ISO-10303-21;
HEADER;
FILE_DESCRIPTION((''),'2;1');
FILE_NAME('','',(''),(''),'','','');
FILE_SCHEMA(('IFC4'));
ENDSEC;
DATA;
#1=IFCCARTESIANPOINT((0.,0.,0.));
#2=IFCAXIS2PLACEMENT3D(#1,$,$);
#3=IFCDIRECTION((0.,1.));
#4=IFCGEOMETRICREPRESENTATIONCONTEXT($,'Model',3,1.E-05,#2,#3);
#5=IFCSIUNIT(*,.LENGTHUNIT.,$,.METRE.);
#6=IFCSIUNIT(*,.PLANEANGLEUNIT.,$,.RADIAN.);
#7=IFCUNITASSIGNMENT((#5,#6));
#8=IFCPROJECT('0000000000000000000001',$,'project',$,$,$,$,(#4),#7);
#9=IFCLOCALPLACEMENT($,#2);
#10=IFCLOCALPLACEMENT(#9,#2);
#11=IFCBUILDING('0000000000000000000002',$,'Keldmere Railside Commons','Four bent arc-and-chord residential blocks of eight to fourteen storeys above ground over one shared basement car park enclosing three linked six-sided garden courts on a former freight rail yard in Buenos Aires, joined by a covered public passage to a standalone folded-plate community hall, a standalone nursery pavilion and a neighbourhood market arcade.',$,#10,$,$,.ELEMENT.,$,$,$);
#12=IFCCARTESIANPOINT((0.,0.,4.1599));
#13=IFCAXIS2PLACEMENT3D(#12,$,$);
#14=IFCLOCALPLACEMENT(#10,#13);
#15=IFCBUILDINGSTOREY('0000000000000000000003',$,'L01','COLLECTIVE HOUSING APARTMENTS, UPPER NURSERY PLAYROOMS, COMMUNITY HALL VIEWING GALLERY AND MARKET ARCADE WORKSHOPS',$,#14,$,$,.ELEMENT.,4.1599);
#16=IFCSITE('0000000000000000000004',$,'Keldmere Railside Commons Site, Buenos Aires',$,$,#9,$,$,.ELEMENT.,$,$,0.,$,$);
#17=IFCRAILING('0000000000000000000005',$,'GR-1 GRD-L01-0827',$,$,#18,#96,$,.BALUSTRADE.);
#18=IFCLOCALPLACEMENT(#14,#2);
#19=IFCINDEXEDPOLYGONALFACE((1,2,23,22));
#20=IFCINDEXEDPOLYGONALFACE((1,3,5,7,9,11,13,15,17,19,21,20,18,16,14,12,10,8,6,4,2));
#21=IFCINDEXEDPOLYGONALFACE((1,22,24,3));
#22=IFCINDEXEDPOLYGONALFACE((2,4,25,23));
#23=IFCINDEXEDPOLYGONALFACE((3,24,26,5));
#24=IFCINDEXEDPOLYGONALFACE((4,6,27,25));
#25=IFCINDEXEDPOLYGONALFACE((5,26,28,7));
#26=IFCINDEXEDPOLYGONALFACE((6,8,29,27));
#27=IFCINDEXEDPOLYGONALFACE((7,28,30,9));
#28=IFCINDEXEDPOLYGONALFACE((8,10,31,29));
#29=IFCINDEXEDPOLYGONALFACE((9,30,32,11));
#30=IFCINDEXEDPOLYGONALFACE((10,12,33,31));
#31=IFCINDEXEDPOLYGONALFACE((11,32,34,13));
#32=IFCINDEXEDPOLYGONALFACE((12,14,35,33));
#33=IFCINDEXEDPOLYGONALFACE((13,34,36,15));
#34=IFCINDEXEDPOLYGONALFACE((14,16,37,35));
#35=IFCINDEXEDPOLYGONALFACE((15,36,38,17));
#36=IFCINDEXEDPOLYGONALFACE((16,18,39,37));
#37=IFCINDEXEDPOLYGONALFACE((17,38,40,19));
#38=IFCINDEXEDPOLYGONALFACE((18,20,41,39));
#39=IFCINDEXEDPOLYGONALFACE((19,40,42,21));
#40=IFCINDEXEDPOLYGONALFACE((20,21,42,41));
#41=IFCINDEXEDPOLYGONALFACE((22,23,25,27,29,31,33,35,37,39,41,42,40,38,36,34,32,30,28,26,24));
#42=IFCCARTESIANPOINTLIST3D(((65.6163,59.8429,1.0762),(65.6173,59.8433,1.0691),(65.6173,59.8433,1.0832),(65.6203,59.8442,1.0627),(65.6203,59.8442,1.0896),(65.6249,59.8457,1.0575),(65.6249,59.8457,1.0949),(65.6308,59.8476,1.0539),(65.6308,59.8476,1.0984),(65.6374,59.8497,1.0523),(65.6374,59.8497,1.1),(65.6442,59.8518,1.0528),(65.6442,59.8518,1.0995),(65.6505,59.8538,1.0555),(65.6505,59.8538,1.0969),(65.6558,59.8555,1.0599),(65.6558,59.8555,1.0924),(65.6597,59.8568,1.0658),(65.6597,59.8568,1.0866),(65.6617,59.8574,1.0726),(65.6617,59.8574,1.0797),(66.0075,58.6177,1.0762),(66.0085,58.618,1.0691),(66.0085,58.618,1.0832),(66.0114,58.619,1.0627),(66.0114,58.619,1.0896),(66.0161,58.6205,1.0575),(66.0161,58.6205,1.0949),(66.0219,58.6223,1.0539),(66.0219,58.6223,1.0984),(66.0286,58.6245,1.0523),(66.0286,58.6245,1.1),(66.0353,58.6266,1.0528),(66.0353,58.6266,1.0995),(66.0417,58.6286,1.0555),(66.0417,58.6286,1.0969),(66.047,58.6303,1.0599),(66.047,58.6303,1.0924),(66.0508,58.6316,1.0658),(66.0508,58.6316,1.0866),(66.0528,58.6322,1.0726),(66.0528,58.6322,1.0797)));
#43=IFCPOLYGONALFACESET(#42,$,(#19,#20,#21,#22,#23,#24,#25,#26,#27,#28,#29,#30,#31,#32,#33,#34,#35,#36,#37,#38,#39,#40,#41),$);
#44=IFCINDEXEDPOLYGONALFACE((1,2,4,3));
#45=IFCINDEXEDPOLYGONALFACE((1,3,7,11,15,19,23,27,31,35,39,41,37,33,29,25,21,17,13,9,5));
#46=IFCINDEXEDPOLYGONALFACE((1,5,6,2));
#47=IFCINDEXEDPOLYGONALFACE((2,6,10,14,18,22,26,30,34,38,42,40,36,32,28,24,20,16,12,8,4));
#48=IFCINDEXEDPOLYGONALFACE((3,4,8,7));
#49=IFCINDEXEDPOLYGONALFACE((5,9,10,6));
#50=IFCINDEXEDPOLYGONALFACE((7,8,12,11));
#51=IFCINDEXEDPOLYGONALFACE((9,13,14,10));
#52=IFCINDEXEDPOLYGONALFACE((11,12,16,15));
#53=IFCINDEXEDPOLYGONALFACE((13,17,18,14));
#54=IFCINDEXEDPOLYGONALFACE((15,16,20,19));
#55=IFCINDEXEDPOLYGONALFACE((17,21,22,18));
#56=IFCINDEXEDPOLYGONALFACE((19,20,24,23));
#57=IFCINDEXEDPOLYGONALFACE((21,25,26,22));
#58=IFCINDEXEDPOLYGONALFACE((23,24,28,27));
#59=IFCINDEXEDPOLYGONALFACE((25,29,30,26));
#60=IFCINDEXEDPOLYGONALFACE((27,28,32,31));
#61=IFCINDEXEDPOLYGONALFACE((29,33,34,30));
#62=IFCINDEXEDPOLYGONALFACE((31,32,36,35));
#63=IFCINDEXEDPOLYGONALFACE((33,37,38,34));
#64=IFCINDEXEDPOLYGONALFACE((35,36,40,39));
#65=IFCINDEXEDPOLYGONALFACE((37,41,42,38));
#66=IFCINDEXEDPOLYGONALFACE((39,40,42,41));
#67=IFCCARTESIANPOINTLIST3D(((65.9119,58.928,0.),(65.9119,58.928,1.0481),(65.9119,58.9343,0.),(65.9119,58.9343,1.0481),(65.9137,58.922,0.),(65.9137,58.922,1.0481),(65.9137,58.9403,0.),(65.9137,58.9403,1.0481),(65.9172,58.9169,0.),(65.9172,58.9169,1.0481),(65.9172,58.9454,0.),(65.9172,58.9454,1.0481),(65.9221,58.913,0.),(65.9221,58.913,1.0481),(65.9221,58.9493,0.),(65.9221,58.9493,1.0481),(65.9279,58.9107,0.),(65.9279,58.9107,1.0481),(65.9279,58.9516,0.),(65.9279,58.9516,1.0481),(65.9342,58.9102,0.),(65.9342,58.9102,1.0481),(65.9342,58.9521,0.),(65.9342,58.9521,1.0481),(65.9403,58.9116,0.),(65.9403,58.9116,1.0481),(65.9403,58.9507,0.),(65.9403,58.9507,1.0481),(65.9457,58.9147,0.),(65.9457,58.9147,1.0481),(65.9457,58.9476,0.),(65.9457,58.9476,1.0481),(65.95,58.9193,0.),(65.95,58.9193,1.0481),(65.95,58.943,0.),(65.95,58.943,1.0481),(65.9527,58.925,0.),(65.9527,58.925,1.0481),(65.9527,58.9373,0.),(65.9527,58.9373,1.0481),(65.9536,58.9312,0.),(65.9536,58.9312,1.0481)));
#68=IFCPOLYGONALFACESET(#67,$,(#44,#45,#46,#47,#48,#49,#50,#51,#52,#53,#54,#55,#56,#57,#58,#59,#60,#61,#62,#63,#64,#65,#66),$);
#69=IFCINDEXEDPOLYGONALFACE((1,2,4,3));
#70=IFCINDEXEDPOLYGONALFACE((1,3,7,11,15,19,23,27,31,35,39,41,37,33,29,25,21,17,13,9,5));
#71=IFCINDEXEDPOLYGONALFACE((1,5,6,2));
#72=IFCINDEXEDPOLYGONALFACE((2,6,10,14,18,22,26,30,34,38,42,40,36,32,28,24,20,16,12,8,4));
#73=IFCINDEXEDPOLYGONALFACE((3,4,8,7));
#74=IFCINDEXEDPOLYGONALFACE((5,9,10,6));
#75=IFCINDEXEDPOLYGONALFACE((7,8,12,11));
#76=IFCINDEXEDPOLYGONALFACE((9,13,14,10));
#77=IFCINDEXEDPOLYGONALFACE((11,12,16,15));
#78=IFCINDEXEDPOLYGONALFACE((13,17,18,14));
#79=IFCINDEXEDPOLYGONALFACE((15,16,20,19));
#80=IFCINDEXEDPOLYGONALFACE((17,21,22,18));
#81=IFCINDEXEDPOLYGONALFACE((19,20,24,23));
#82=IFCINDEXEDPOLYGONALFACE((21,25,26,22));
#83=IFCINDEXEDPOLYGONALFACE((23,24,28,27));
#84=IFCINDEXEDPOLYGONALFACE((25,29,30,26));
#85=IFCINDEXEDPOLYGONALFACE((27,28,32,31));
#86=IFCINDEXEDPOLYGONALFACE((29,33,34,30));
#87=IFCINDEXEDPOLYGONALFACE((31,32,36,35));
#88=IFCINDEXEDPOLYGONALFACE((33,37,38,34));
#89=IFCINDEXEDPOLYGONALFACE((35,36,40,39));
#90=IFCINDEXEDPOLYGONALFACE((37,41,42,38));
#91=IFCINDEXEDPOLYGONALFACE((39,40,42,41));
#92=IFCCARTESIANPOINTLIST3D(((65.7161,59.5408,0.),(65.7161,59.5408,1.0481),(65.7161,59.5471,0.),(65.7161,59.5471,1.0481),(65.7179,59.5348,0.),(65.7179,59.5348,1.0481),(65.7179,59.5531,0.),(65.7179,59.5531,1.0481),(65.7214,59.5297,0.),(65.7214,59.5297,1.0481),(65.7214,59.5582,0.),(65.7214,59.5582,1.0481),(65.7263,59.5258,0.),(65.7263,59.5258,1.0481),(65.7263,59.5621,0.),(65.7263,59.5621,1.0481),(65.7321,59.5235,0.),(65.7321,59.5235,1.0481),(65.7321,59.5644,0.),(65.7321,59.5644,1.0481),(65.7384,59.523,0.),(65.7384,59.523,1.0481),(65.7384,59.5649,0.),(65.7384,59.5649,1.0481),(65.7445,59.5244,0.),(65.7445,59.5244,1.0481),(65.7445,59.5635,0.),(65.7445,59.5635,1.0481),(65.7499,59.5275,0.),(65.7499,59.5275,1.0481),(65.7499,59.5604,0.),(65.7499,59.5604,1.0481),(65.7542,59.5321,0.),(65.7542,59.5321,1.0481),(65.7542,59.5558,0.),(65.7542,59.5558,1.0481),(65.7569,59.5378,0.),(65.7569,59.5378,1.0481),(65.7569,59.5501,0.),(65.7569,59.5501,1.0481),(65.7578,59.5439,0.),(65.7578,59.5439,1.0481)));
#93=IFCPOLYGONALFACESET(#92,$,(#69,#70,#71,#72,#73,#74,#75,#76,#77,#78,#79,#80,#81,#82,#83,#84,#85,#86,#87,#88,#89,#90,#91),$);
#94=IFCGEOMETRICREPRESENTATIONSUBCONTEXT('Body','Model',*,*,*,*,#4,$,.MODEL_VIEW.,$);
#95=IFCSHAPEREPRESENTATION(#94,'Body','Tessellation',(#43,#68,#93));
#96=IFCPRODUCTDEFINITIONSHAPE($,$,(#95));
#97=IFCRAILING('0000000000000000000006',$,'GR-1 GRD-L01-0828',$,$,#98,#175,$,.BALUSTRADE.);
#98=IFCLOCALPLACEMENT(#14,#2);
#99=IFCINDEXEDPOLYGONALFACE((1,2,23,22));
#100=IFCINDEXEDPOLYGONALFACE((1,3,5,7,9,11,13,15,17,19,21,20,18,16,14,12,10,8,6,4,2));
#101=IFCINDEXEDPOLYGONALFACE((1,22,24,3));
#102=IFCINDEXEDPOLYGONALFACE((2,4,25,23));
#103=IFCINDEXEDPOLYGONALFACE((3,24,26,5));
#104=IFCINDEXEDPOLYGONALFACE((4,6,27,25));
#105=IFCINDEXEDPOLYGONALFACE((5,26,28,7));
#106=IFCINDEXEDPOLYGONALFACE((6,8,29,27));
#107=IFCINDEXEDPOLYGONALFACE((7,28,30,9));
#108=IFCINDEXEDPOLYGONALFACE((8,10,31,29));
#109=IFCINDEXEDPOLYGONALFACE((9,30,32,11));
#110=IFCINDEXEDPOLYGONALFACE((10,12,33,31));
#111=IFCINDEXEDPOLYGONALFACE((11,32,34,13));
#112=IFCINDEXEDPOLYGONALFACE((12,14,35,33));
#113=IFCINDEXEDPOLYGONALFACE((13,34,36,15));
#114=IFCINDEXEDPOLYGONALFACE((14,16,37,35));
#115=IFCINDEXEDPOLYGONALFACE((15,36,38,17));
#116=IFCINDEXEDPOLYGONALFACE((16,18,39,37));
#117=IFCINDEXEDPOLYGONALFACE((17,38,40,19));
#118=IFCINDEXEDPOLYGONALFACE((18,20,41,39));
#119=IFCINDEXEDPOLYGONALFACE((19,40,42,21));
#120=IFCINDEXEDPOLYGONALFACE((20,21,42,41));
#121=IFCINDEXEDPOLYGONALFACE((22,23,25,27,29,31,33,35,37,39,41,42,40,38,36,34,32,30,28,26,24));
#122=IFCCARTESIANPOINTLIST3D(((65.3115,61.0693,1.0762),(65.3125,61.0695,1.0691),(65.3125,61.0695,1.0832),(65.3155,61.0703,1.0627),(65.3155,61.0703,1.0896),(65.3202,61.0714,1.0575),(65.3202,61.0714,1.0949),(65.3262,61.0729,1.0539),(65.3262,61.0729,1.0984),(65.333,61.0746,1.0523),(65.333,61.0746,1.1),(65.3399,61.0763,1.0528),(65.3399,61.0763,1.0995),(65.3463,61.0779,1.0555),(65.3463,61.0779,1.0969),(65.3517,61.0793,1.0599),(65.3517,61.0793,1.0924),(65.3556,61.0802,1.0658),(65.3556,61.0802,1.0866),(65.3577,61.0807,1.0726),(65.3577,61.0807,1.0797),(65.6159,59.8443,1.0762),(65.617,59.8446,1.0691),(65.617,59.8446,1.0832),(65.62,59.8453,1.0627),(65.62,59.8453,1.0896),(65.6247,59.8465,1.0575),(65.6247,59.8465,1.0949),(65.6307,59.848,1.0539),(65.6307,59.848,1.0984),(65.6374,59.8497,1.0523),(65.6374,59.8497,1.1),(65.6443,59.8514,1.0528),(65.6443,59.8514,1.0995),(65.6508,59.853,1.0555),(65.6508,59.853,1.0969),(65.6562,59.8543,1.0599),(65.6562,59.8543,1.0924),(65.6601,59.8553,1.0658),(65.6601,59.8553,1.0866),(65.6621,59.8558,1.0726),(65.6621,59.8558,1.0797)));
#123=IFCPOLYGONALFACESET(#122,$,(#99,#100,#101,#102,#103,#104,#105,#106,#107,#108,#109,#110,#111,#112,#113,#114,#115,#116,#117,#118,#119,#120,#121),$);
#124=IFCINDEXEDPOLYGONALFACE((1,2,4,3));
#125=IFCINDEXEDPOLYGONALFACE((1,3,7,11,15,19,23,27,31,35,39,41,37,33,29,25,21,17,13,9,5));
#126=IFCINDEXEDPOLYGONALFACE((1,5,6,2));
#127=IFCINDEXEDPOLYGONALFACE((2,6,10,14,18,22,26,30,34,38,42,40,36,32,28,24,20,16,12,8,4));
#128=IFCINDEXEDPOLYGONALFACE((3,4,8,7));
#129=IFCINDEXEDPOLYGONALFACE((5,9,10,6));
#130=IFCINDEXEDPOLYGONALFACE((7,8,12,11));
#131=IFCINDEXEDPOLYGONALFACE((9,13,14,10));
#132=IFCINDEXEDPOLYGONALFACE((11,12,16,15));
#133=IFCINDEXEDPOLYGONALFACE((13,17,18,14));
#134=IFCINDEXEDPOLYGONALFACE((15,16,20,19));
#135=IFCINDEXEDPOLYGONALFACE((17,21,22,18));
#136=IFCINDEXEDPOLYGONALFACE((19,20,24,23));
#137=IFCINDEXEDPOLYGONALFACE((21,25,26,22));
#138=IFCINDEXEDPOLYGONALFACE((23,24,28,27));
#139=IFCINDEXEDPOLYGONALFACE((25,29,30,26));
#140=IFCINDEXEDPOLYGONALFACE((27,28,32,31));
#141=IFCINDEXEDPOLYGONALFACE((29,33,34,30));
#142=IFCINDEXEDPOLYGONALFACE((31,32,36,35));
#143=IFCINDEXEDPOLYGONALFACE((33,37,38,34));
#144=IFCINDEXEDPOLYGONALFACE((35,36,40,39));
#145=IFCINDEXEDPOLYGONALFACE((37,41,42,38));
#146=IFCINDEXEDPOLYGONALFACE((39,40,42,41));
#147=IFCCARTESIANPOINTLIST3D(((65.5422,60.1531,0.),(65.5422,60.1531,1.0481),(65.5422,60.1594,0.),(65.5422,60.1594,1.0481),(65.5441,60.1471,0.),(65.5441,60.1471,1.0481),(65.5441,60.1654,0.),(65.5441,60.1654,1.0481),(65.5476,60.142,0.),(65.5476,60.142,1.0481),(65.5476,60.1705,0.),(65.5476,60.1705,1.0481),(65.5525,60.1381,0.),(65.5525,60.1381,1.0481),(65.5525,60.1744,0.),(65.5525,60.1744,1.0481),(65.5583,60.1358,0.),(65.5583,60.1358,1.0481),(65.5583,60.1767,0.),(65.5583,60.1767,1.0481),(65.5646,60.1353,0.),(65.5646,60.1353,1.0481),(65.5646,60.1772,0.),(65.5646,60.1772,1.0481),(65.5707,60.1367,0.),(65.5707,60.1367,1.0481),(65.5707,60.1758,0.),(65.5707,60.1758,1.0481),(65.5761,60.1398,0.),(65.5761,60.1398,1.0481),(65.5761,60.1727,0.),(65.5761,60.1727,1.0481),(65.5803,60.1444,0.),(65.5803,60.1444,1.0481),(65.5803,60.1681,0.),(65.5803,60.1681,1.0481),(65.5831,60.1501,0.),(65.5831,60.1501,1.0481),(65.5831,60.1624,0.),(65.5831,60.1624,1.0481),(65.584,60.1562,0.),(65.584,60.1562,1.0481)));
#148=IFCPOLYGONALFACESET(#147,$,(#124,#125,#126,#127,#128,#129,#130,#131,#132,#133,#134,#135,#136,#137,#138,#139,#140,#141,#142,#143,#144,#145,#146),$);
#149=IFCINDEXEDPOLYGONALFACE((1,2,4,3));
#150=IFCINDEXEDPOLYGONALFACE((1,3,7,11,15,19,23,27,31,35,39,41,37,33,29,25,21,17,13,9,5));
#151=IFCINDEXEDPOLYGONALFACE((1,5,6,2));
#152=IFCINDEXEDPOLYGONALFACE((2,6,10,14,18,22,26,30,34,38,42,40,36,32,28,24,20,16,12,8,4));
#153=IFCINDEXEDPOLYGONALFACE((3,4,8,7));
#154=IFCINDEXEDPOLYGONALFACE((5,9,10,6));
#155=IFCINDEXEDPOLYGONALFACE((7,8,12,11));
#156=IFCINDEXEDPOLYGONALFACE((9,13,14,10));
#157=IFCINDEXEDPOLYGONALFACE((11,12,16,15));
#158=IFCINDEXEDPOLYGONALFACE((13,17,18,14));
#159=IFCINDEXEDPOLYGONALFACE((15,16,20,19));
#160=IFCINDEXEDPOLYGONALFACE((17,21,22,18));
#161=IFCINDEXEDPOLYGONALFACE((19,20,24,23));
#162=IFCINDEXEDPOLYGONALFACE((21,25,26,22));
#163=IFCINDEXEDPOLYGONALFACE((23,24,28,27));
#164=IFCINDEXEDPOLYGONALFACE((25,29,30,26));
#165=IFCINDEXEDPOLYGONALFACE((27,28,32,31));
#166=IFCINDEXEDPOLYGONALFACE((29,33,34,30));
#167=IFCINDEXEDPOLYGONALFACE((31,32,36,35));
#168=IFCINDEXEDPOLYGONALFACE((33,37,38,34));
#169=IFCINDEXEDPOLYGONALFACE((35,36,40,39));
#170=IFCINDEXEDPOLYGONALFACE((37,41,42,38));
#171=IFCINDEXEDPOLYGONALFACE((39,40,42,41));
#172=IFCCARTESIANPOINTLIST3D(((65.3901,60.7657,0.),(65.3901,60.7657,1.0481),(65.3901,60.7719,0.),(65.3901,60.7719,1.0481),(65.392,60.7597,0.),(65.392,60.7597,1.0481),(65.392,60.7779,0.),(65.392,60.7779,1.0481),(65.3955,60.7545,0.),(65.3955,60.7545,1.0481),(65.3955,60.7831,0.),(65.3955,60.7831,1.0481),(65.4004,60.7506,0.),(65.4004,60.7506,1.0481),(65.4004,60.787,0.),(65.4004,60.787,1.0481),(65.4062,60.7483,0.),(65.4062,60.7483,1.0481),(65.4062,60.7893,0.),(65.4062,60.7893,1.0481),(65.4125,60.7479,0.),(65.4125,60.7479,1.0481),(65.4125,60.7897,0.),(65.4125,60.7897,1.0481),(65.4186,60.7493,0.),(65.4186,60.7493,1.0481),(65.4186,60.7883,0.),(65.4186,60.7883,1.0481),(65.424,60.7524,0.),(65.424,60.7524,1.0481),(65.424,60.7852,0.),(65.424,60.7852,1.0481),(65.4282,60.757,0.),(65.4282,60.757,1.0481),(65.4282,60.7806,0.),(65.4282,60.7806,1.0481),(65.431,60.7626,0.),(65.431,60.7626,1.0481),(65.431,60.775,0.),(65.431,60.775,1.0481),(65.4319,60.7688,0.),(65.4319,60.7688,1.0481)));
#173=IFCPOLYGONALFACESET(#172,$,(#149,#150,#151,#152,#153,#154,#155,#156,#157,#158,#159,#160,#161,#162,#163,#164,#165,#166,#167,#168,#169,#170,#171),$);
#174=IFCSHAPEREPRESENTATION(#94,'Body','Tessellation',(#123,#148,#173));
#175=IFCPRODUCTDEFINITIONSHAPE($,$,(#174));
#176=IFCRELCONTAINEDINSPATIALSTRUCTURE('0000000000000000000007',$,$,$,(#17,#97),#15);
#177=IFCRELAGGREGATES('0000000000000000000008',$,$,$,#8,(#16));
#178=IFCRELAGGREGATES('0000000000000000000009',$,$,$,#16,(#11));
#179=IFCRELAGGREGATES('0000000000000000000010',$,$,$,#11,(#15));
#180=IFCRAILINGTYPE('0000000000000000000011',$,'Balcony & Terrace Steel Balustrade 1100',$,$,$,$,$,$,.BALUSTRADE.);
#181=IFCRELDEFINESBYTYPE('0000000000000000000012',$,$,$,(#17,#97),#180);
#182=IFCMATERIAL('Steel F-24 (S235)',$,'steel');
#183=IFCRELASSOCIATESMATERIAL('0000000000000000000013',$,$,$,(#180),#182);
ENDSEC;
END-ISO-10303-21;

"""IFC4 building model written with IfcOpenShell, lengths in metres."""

from ifc_helpers import new_model, si_unit, direction, frame, origin, origin_2d, place, context, subcontext, project, spatial, circle, extrude, material, type_object, element, save


model = new_model("IFC4")

# Units and contexts
model_context = context("Model", 3, precision=1e-05, world=origin(), true_north=direction((0.0, 1.0)))
body_context = subcontext(model_context, "Body", "Model", "MODEL_VIEW")
ifc_project = project(units=[si_unit("LENGTHUNIT", "METRE"), si_unit("PLANEANGLEUNIT", "RADIAN")], contexts=[model_context])

# Site, building, storey
site_placement = place(None, origin())
site = spatial("IfcSite", under=ifc_project, at=site_placement, Name="Keldmere Railside Commons Site, Buenos Aires", CompositionType="ELEMENT", RefElevation=0.0)
building_placement = place(site_placement, origin())
building = spatial("IfcBuilding", under=site, at=building_placement, Name="Keldmere Railside Commons", Description="Four bent arc-and-chord residential blocks of eight to fourteen storeys above ground over one shared basement car park enclosing three linked six-sided garden courts on a former freight rail yard in Buenos Aires, joined by a covered public passage to a standalone folded-plate community hall, a standalone nursery pavilion and a neighbourhood market arcade.", CompositionType="ELEMENT")
storey_placement = place(building_placement, frame((0.0, 0.0, 4.1599)))
storey = spatial("IfcBuildingStorey", under=building, at=storey_placement, Name="L01", Description="COLLECTIVE HOUSING APARTMENTS, UPPER NURSERY PLAYROOMS, COMMUNITY HALL VIEWING GALLERY AND MARKET ARCADE WORKSHOPS", CompositionType="ELEMENT", Elevation=4.1599)

# Railings
ifc_material_1 = material(Name="Steel F-24 (S235)", Category="steel")
railing_type = type_object("IfcRailingType", Name="Balcony & Terrace Steel Balustrade 1100", PredefinedType="BALUSTRADE", material=ifc_material_1)
railing_1_placement = place(storey_placement, frame((66.0303, 58.625, 0.0)))
element("IfcRailing", 1, at=railing_1_placement, inside=storey, type_object=railing_type, Name="GR-1 GRD-L01-0827", PredefinedType="BALUSTRADE", context=body_context, shape_type="SweptSolid", body=[
    extrude(circle(Radius=0.0239, at=origin_2d()), frame((0.0, 0.0, 1.0762), z_axis=(-0.304128, 0.952631, 0.0), x_axis=(-0.952631, -0.304128, 0.0)), (0.0, 0.0, 1.0), 1.2861),
    extrude(circle(Radius=0.021, at=origin_2d()), frame((-0.0977, 0.3062, 0.0)), (0.0, 0.0, 1.0), 1.0481),
    extrude(circle(Radius=0.021, at=origin_2d()), frame((-0.2935, 0.9189, 0.0)), (0.0, 0.0, 1.0), 1.0481),
])
railing_2_placement = place(storey_placement, frame((65.6392, 59.8501, 0.0)))
element("IfcRailing", 2, at=railing_2_placement, inside=storey, type_object=railing_type, Name="GR-1 GRD-L01-0828", PredefinedType="BALUSTRADE", context=body_context, shape_type="SweptSolid", body=[
    extrude(circle(Radius=0.0239, at=origin_2d()), frame((0.0, 0.0, 1.0762), z_axis=(-0.241215, 0.970472, 0.0), x_axis=(-0.970472, -0.241215, 0.0)), (0.0, 0.0, 1.0), 1.2622),
    extrude(circle(Radius=0.021, at=origin_2d()), frame((-0.0762, 0.3062, 0.0)), (0.0, 0.0, 1.0), 1.0481),
    extrude(circle(Radius=0.021, at=origin_2d()), frame((-0.2283, 0.9187, 0.0)), (0.0, 0.0, 1.0), 1.0481),
])

save(model, "model.ifc")
